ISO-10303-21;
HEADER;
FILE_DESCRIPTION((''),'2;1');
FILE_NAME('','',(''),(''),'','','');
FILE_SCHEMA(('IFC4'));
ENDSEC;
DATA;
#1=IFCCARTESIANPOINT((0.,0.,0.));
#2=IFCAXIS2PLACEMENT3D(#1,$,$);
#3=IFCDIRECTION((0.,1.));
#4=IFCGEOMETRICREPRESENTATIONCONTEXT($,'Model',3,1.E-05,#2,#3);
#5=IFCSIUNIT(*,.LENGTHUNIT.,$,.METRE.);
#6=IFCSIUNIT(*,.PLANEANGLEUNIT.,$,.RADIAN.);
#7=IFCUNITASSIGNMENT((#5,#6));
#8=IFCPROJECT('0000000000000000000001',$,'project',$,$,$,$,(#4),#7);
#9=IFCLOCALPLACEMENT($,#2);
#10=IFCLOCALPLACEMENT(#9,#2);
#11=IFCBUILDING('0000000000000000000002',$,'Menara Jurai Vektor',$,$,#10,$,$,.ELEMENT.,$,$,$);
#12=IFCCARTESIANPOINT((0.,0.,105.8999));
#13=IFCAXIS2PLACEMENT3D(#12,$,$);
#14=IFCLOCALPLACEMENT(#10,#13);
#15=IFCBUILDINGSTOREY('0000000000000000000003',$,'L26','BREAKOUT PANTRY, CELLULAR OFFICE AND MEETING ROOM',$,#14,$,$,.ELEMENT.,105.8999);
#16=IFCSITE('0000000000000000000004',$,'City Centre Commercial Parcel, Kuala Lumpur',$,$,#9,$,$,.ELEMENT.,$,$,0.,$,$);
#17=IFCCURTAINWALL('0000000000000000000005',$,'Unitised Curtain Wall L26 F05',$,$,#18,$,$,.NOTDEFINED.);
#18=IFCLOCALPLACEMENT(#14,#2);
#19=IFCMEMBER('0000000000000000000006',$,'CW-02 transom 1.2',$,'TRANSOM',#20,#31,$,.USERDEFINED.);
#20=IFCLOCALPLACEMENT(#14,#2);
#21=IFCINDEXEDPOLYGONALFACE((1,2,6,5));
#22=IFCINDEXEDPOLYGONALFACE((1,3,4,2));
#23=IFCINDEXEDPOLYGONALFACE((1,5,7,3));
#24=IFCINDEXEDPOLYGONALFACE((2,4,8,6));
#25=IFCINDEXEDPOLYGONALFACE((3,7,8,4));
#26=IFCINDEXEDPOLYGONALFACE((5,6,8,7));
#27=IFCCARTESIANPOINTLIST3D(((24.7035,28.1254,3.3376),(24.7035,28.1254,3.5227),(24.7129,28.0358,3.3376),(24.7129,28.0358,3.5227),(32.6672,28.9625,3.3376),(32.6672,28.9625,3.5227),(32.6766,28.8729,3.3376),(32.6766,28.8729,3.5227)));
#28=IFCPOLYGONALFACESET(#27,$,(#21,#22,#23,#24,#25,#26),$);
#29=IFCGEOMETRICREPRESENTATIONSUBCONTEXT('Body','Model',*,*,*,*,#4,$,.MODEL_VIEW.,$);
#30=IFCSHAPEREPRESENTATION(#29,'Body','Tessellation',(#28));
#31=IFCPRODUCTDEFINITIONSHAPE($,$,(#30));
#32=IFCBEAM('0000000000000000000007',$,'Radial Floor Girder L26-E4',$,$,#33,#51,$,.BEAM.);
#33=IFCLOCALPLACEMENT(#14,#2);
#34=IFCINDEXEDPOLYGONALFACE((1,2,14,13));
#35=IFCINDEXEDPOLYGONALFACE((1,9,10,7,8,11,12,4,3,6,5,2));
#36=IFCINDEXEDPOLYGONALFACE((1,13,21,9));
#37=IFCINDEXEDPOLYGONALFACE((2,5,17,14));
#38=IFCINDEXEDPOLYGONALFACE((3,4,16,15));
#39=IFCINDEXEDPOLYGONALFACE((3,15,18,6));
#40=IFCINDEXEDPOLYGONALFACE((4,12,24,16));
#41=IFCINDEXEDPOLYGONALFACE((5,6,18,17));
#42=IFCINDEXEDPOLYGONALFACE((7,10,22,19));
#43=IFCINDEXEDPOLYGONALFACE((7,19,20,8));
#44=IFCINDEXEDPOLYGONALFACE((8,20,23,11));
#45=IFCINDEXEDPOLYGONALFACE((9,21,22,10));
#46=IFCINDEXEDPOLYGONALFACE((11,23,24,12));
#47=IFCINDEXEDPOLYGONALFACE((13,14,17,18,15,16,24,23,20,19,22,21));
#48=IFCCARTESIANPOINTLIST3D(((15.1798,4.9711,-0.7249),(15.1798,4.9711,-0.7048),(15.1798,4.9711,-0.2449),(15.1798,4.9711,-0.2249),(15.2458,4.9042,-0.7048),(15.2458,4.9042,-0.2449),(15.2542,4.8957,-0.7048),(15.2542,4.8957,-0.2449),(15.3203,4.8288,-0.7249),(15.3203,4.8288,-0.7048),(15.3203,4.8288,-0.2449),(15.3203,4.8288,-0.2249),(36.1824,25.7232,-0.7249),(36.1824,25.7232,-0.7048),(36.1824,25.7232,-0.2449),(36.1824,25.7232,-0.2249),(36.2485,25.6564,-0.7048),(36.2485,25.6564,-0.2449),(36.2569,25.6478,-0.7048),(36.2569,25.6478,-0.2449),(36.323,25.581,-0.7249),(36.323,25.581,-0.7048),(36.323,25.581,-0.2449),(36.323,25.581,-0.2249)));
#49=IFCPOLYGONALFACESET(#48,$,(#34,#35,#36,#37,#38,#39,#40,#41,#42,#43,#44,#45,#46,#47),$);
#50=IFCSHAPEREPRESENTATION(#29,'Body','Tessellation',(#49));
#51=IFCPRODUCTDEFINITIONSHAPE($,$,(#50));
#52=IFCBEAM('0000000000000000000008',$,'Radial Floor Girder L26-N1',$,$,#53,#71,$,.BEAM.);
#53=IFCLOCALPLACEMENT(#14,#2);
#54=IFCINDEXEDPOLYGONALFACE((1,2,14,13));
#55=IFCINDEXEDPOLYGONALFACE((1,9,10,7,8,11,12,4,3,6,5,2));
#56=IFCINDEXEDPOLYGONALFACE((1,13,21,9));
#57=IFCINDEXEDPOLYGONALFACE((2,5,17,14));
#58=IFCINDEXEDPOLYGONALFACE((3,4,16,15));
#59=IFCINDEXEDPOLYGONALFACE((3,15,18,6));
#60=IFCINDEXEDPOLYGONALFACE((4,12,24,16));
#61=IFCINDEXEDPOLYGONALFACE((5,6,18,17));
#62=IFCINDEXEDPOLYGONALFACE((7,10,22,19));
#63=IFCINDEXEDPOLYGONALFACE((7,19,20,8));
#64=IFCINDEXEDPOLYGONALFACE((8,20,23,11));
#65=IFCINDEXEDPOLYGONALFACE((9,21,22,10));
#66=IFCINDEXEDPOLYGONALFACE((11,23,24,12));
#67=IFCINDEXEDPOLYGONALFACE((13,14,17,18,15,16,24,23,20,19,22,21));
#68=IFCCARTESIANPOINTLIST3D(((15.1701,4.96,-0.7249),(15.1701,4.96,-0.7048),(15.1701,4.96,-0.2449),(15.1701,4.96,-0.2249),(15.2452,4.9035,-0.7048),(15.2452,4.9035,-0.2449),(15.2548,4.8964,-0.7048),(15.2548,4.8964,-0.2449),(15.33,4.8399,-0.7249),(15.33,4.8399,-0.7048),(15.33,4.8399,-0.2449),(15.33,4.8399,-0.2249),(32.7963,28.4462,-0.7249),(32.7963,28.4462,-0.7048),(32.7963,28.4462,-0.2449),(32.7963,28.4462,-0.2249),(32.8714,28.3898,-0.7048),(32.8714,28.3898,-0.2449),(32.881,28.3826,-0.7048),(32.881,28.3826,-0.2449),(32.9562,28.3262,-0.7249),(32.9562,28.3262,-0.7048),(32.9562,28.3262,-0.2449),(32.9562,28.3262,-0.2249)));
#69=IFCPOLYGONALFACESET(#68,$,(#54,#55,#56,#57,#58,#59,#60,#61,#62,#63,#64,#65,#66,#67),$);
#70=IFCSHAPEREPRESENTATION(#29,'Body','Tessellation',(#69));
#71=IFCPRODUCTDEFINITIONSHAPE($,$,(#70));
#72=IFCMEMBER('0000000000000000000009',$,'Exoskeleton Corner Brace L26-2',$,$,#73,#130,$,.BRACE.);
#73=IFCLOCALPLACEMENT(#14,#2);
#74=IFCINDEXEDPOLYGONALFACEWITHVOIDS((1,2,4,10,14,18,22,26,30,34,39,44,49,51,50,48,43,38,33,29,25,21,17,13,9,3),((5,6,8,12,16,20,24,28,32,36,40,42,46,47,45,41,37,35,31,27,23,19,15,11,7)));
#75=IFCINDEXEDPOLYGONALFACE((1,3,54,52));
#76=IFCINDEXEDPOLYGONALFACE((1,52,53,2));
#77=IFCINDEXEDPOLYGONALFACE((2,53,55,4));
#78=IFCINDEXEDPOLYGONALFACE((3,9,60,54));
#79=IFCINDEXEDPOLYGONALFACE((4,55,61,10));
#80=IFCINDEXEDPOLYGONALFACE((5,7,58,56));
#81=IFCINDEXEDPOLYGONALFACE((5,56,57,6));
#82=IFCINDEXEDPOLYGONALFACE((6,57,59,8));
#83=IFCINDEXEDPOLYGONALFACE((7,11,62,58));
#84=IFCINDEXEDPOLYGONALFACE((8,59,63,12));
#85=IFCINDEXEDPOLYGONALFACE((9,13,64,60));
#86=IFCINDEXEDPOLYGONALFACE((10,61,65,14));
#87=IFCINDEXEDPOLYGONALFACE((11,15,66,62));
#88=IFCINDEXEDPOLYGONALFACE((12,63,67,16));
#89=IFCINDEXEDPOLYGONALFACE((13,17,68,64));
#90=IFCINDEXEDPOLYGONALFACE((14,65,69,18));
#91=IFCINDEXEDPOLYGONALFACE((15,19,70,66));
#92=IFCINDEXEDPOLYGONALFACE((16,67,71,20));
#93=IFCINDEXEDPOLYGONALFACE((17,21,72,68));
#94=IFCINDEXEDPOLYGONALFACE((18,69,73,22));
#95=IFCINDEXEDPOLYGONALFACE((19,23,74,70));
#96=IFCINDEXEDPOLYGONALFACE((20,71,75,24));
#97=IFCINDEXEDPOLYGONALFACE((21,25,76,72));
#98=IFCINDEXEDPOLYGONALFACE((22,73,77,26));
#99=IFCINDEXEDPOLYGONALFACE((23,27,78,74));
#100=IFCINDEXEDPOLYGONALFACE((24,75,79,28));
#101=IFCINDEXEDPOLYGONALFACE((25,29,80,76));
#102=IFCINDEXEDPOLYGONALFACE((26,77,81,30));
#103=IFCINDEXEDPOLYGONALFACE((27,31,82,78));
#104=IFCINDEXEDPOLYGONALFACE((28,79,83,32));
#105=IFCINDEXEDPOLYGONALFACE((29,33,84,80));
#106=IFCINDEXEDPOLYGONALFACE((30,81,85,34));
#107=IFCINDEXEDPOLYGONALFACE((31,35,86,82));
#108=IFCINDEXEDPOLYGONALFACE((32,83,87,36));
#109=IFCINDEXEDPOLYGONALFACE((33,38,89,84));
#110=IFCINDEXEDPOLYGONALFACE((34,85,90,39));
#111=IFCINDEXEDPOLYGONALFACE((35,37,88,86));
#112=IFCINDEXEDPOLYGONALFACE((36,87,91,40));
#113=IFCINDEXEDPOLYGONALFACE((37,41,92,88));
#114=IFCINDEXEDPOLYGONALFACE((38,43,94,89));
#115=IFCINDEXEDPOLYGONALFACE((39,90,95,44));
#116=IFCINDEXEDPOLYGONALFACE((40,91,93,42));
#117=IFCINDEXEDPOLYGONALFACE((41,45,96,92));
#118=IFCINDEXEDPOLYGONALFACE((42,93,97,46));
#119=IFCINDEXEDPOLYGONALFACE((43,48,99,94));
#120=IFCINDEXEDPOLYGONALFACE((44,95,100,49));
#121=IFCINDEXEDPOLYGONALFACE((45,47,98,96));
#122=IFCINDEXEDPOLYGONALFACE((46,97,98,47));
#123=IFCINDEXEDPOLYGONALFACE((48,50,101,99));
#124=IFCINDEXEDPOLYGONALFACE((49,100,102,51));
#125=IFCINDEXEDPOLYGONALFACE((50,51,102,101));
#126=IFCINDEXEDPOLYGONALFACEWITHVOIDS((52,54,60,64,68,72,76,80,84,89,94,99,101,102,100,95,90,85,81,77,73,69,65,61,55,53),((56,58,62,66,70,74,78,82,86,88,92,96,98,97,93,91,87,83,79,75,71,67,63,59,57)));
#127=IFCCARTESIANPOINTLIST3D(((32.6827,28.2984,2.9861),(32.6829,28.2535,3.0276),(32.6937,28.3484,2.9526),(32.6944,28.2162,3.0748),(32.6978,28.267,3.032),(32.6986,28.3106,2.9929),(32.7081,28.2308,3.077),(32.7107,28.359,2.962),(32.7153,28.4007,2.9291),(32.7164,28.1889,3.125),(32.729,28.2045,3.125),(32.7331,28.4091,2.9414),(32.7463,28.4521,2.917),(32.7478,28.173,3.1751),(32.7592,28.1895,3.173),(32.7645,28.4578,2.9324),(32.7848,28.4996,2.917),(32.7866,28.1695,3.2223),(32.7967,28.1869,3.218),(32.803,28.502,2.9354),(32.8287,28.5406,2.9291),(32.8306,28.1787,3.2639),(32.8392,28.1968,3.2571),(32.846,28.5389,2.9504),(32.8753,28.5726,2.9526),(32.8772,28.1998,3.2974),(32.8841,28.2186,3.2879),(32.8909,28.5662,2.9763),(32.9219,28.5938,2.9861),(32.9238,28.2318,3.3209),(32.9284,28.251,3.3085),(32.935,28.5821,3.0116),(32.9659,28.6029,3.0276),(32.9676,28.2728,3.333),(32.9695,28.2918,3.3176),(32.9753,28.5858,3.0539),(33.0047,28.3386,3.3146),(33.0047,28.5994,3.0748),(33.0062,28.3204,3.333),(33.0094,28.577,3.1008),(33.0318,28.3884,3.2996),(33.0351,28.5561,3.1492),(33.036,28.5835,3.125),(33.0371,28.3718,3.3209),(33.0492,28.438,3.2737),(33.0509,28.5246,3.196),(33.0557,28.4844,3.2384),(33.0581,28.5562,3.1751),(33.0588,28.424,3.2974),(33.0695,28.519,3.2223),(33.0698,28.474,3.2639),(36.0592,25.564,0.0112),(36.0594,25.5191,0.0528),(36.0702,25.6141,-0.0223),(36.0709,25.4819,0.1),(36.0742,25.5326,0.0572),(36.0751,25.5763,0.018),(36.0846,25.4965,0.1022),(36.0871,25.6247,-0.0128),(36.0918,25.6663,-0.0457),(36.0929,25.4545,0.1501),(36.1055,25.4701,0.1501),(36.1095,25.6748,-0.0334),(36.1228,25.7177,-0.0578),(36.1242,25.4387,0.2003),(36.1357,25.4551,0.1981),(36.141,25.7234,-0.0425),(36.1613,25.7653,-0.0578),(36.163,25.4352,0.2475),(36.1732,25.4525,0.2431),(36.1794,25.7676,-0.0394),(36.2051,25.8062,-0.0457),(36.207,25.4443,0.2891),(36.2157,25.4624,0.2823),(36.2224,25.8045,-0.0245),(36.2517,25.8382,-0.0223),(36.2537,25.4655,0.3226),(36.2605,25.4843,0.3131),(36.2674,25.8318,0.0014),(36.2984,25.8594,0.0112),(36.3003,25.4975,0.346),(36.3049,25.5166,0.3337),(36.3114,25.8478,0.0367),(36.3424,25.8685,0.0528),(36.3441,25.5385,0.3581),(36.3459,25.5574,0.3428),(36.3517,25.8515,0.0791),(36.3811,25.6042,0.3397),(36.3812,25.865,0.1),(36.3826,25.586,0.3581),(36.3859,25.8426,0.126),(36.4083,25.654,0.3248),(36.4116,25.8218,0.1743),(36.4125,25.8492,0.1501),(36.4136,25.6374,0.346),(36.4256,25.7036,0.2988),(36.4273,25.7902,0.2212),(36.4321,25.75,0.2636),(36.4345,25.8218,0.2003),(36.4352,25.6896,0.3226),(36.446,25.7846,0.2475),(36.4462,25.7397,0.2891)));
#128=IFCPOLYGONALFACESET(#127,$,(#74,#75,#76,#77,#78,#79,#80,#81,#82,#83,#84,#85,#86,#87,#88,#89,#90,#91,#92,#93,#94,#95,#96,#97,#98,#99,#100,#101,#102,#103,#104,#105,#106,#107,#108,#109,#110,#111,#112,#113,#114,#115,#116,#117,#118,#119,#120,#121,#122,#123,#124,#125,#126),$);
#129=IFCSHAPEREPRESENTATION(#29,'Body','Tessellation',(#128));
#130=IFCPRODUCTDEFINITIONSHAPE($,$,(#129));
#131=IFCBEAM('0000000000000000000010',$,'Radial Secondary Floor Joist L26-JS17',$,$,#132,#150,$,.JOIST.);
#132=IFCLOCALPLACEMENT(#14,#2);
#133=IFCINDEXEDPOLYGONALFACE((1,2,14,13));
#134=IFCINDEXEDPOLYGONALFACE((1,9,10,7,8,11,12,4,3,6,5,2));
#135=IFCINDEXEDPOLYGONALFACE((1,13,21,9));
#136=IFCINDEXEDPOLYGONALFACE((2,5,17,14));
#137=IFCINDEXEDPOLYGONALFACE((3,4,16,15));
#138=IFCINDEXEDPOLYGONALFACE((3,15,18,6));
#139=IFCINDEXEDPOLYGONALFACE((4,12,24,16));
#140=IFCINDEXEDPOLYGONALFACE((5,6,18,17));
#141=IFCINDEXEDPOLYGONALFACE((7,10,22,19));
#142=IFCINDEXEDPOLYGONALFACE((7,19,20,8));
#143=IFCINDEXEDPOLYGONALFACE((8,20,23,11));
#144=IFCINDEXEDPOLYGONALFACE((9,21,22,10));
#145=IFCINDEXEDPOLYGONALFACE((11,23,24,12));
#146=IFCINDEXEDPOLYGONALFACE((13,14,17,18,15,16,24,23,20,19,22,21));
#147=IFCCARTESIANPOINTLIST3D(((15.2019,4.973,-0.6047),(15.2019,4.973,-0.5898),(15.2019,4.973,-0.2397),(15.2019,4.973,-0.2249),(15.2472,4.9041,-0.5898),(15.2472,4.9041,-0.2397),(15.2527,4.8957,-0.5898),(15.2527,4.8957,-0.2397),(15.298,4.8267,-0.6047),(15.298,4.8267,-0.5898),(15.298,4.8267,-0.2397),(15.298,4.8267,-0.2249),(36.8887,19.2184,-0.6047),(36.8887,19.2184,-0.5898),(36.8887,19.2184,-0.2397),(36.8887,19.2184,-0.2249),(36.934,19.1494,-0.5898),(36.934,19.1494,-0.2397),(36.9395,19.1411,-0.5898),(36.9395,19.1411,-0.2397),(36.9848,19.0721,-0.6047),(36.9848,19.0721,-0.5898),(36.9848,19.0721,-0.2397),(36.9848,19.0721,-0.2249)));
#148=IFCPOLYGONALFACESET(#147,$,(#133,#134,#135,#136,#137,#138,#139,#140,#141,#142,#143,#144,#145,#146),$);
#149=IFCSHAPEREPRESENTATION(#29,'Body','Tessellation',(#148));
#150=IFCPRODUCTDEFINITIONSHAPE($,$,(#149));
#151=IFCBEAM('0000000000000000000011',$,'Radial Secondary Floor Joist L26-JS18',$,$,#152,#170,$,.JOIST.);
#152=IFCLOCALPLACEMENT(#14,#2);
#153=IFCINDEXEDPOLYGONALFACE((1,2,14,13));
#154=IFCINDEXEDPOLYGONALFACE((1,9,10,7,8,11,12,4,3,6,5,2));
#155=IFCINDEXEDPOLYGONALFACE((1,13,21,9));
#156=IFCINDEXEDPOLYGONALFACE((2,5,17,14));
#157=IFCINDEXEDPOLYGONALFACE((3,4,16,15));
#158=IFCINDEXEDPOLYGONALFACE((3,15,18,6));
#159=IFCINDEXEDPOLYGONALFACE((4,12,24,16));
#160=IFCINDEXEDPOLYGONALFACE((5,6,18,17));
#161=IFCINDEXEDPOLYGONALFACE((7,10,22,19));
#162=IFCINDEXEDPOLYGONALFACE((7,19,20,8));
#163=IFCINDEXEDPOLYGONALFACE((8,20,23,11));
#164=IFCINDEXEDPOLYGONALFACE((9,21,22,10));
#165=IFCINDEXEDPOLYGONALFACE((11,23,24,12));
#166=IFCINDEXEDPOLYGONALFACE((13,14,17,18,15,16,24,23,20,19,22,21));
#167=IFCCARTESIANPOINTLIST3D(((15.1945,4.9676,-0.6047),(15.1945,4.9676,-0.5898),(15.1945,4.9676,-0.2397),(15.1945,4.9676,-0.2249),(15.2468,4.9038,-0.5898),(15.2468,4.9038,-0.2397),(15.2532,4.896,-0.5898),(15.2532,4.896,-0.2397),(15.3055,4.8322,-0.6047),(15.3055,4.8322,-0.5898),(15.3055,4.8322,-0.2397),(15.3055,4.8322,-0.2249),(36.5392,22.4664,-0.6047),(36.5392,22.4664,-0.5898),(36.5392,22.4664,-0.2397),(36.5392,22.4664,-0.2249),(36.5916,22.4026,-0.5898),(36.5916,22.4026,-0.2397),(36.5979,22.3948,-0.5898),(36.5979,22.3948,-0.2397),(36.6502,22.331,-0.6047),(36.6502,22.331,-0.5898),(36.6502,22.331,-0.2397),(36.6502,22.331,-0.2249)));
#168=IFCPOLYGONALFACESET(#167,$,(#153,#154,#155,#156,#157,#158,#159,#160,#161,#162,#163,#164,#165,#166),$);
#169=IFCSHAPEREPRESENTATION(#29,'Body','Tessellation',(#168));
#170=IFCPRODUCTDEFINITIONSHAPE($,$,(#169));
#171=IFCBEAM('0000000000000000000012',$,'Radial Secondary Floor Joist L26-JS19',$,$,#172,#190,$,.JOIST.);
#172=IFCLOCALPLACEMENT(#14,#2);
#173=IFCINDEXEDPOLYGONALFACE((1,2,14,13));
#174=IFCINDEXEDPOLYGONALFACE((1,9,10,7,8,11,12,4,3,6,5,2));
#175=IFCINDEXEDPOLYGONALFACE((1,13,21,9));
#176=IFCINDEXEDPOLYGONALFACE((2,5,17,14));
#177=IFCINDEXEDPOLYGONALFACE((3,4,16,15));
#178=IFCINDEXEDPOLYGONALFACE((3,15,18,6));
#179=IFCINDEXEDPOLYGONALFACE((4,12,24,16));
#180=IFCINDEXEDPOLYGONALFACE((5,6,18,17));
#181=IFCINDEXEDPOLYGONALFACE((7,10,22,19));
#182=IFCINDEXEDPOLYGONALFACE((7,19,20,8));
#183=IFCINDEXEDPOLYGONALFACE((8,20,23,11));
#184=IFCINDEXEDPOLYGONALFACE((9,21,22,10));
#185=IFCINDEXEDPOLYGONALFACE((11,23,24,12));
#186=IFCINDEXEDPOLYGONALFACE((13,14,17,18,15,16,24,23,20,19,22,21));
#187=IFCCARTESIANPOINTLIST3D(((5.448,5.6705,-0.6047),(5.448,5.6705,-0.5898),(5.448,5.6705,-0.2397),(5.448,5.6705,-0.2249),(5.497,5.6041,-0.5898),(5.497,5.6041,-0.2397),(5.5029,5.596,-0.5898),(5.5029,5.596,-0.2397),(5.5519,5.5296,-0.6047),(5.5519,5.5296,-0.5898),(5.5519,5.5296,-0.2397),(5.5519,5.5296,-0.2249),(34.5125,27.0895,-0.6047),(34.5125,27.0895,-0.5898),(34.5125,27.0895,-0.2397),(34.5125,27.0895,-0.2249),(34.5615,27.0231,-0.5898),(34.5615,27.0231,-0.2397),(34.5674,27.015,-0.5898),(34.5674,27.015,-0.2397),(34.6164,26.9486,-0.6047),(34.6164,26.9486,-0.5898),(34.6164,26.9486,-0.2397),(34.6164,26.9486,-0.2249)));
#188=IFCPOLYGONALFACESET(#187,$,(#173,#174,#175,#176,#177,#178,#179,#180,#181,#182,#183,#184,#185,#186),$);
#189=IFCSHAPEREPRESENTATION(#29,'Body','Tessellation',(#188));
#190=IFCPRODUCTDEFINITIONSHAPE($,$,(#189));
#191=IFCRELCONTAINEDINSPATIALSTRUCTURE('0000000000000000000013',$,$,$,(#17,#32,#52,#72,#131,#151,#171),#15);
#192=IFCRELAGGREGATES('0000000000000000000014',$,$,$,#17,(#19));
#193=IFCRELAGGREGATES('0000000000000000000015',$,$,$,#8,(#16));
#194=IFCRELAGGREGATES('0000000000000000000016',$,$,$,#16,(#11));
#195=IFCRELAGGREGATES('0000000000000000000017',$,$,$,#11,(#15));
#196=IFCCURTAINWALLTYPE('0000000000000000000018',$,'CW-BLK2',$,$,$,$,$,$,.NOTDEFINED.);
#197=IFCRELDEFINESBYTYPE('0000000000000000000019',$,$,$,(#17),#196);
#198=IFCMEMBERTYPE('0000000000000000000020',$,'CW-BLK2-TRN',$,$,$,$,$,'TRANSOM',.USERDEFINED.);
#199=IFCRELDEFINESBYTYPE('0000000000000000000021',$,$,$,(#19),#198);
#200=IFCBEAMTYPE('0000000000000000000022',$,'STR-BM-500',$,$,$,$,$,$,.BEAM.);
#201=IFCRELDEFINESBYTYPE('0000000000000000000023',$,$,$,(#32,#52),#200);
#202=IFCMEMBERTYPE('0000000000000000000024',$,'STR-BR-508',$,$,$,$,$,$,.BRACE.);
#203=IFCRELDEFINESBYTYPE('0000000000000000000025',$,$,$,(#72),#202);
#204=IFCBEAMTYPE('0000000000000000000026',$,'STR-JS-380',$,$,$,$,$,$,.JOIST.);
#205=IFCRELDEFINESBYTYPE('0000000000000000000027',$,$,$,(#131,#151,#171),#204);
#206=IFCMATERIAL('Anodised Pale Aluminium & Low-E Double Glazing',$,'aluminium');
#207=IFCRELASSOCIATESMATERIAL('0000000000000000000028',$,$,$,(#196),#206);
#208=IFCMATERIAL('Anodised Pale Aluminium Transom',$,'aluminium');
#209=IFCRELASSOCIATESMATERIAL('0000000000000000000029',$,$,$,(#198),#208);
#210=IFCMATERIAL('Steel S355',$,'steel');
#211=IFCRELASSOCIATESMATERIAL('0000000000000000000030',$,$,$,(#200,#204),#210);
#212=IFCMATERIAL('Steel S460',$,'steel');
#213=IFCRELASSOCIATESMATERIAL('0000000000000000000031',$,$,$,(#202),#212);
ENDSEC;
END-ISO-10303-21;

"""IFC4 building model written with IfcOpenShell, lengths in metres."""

from ifc_helpers import new_model, si_unit, direction, frame, origin, origin_2d, place, context, subcontext, project, spatial, rectangle, hollow_circle, i_section, extrude, material, material_profile, profile_set, type_object, element, aggregate, save


model = new_model("IFC4")

# Units and contexts
model_context = context("Model", 3, precision=1e-05, world=origin(), true_north=direction((0.0, 1.0)))
body_context = subcontext(model_context, "Body", "Model", "MODEL_VIEW")
ifc_project = project(units=[si_unit("LENGTHUNIT", "METRE"), si_unit("PLANEANGLEUNIT", "RADIAN")], contexts=[model_context])

# Site, building, storey
site_placement = place(None, origin())
site = spatial("IfcSite", under=ifc_project, at=site_placement, Name="City Centre Commercial Parcel, Kuala Lumpur", CompositionType="ELEMENT", RefElevation=0.0)
building_placement = place(site_placement, origin())
building = spatial("IfcBuilding", under=site, at=building_placement, Name="Menara Jurai Vektor", CompositionType="ELEMENT")
storey_placement = place(building_placement, frame((0.0, 0.0, 105.8999)))
storey = spatial("IfcBuildingStorey", under=building, at=storey_placement, Name="L26", Description="BREAKOUT PANTRY, CELLULAR OFFICE AND MEETING ROOM", CompositionType="ELEMENT", Elevation=105.8999)

# Shared definitions
ifc_material_1 = material(Name="Steel S460", Category="steel")

# Shared definitions
ifc_material_2 = material(Name="Anodised Pale Aluminium & Low-E Double Glazing", Category="aluminium")
curtain_wall_type = type_object("IfcCurtainWallType", Name="CW-BLK2", PredefinedType="NOTDEFINED", material=ifc_material_2)

# Curtain wall
curtain_wall_1_placement = place(storey_placement, origin())
curtain_wall_1 = element("IfcCurtainWall", 1, at=curtain_wall_1_placement, inside=storey, type_object=curtain_wall_type, Name="Unitised Curtain Wall L26 F05", PredefinedType="NOTDEFINED")

# Member
ifc_material_3 = material(Name="Anodised Pale Aluminium Transom", Category="aluminium")
ifc_material_profile_1 = material_profile(ifc_material_3, rectangle(XDim=0.0901, YDim=0.1851, at=origin_2d()), Name="ALU TRN 90x185")
ifc_profile_set_1 = profile_set([ifc_material_profile_1], Name="Anodised Pale Aluminium Transom")
member_type_1 = type_object("IfcMemberType", Name="CW-BLK2-TRN", ElementType="TRANSOM", PredefinedType="USERDEFINED", material=ifc_profile_set_1)
member_1_placement = place(storey_placement, frame((32.6719, 28.9177, 3.4302), z_axis=(-0.99452, -0.104547, 0.0), x_axis=(0.104547, -0.99452, 0.0)))
member_1 = element("IfcMember", 2, at=member_1_placement, type_object=member_type_1, Name="CW-02 transom 1.2", ObjectType="TRANSOM", PredefinedType="USERDEFINED", context=body_context, shape_type="SweptSolid", body=[
    extrude(rectangle(XDim=0.0901, YDim=0.1851, at=origin_2d()), origin(), (0.0, 0.0, 1.0), 8.0076),
])

# Beams
ifc_material_4 = material(Name="Steel S355", Category="steel")
ifc_material_profile_2 = material_profile(ifc_material_4, i_section(OverallWidth=0.2, OverallDepth=0.5, WebThickness=0.012, FlangeThickness=0.02, at=origin_2d()), Name="PG 500x200x96")
ifc_profile_set_2 = profile_set([ifc_material_profile_2], Name="Steel S355")
beam_type_1 = type_object("IfcBeamType", Name="STR-BM-500", PredefinedType="BEAM", material=ifc_profile_set_2)
beam_1_placement = place(storey_placement, frame((36.2527, 25.6521, -0.4749), z_axis=(-0.711336, -0.702852, 0.0), x_axis=(0.702852, -0.711336, 0.0)))
element("IfcBeam", 3, at=beam_1_placement, inside=storey, type_object=beam_type_1, Name="Radial Floor Girder L26-E4", PredefinedType="BEAM", context=body_context, shape_type="SweptSolid", body=[
    extrude(i_section(OverallWidth=0.2, OverallDepth=0.5, WebThickness=0.012, FlangeThickness=0.02, at=origin_2d()), origin(), (0.0, 0.0, 1.0), 29.5256),
])
beam_2_placement = place(storey_placement, frame((32.8762, 28.3862, -0.4749), z_axis=(-0.60025, -0.799812, 0.0), x_axis=(0.799812, -0.60025, 0.0)))
element("IfcBeam", 4, at=beam_2_placement, inside=storey, type_object=beam_type_1, Name="Radial Floor Girder L26-N1", PredefinedType="BEAM", context=body_context, shape_type="SweptSolid", body=[
    extrude(i_section(OverallWidth=0.2, OverallDepth=0.5, WebThickness=0.012, FlangeThickness=0.02, at=origin_2d()), origin(), (0.0, 0.0, 1.0), 29.3647),
])

# Member
ifc_material_profile_3 = material_profile(ifc_material_1, hollow_circle(Radius=0.2539, WallThickness=0.02, at=origin_2d()), Name="CHS 508x20")
ifc_profile_set_3 = profile_set([ifc_material_profile_3], Name="Steel S460")
member_type_2 = type_object("IfcMemberType", Name="STR-BR-508", PredefinedType="BRACE", material=ifc_profile_set_3)
member_2_placement = place(storey_placement, frame((36.2527, 25.6519, 0.1501), z_axis=(-0.641225, 0.519285, 0.564955), x_axis=(-0.629344, -0.777127, 0.0)))
element("IfcMember", 5, at=member_2_placement, inside=storey, type_object=member_type_2, Name="Exoskeleton Corner Brace L26-2", PredefinedType="BRACE", context=body_context, shape_type="SweptSolid", body=[
    extrude(hollow_circle(Radius=0.2539, WallThickness=0.02, at=origin_2d()), origin(), (0.0, 0.0, 1.0), 5.2656),
])

# Beams
ifc_material_profile_4 = material_profile(ifc_material_4, i_section(OverallWidth=0.175, OverallDepth=0.3799, WebThickness=0.01, FlangeThickness=0.0149, at=origin_2d()), Name="PG 380x175x58")
ifc_profile_set_4 = profile_set([ifc_material_profile_4], Name="Steel S355")
beam_type_2 = type_object("IfcBeamType", Name="STR-JS-380", PredefinedType="JOIST", material=ifc_profile_set_4)
beam_3_placement = place(storey_placement, frame((36.9368, 19.1453, -0.4148), z_axis=(-0.835811, -0.549018, 0.0), x_axis=(0.549018, -0.835811, 0.0)))
element("IfcBeam", 6, at=beam_3_placement, inside=storey, type_object=beam_type_2, Name="Radial Secondary Floor Joist L26-JS17", PredefinedType="JOIST", context=body_context, shape_type="SweptSolid", body=[
    extrude(i_section(OverallWidth=0.175, OverallDepth=0.3799, WebThickness=0.01, FlangeThickness=0.0149, at=origin_2d()), origin(), (0.0, 0.0, 1.0), 25.947),
])
beam_4_placement = place(storey_placement, frame((36.5947, 22.3987, -0.4148), z_axis=(-0.773337, -0.633995, 0.0), x_axis=(0.633995, -0.773337, 0.0)))
element("IfcBeam", 7, at=beam_4_placement, inside=storey, type_object=beam_type_2, Name="Radial Secondary Floor Joist L26-JS18", PredefinedType="JOIST", context=body_context, shape_type="SweptSolid", body=[
    extrude(i_section(OverallWidth=0.175, OverallDepth=0.3799, WebThickness=0.01, FlangeThickness=0.0149, at=origin_2d()), origin(), (0.0, 0.0, 1.0), 27.6008),
])
beam_5_placement = place(storey_placement, frame((34.5645, 27.019, -0.4148), z_axis=(-0.805016, -0.593253, 0.0), x_axis=(0.593253, -0.805016, 0.0)))
element("IfcBeam", 8, at=beam_5_placement, inside=storey, type_object=beam_type_2, Name="Radial Secondary Floor Joist L26-JS19", PredefinedType="JOIST", context=body_context, shape_type="SweptSolid", body=[
    extrude(i_section(OverallWidth=0.175, OverallDepth=0.3799, WebThickness=0.01, FlangeThickness=0.0149, at=origin_2d()), origin(), (0.0, 0.0, 1.0), 36.1042),
])

aggregate(curtain_wall_1, [member_1])

save(model, "model.ifc")
